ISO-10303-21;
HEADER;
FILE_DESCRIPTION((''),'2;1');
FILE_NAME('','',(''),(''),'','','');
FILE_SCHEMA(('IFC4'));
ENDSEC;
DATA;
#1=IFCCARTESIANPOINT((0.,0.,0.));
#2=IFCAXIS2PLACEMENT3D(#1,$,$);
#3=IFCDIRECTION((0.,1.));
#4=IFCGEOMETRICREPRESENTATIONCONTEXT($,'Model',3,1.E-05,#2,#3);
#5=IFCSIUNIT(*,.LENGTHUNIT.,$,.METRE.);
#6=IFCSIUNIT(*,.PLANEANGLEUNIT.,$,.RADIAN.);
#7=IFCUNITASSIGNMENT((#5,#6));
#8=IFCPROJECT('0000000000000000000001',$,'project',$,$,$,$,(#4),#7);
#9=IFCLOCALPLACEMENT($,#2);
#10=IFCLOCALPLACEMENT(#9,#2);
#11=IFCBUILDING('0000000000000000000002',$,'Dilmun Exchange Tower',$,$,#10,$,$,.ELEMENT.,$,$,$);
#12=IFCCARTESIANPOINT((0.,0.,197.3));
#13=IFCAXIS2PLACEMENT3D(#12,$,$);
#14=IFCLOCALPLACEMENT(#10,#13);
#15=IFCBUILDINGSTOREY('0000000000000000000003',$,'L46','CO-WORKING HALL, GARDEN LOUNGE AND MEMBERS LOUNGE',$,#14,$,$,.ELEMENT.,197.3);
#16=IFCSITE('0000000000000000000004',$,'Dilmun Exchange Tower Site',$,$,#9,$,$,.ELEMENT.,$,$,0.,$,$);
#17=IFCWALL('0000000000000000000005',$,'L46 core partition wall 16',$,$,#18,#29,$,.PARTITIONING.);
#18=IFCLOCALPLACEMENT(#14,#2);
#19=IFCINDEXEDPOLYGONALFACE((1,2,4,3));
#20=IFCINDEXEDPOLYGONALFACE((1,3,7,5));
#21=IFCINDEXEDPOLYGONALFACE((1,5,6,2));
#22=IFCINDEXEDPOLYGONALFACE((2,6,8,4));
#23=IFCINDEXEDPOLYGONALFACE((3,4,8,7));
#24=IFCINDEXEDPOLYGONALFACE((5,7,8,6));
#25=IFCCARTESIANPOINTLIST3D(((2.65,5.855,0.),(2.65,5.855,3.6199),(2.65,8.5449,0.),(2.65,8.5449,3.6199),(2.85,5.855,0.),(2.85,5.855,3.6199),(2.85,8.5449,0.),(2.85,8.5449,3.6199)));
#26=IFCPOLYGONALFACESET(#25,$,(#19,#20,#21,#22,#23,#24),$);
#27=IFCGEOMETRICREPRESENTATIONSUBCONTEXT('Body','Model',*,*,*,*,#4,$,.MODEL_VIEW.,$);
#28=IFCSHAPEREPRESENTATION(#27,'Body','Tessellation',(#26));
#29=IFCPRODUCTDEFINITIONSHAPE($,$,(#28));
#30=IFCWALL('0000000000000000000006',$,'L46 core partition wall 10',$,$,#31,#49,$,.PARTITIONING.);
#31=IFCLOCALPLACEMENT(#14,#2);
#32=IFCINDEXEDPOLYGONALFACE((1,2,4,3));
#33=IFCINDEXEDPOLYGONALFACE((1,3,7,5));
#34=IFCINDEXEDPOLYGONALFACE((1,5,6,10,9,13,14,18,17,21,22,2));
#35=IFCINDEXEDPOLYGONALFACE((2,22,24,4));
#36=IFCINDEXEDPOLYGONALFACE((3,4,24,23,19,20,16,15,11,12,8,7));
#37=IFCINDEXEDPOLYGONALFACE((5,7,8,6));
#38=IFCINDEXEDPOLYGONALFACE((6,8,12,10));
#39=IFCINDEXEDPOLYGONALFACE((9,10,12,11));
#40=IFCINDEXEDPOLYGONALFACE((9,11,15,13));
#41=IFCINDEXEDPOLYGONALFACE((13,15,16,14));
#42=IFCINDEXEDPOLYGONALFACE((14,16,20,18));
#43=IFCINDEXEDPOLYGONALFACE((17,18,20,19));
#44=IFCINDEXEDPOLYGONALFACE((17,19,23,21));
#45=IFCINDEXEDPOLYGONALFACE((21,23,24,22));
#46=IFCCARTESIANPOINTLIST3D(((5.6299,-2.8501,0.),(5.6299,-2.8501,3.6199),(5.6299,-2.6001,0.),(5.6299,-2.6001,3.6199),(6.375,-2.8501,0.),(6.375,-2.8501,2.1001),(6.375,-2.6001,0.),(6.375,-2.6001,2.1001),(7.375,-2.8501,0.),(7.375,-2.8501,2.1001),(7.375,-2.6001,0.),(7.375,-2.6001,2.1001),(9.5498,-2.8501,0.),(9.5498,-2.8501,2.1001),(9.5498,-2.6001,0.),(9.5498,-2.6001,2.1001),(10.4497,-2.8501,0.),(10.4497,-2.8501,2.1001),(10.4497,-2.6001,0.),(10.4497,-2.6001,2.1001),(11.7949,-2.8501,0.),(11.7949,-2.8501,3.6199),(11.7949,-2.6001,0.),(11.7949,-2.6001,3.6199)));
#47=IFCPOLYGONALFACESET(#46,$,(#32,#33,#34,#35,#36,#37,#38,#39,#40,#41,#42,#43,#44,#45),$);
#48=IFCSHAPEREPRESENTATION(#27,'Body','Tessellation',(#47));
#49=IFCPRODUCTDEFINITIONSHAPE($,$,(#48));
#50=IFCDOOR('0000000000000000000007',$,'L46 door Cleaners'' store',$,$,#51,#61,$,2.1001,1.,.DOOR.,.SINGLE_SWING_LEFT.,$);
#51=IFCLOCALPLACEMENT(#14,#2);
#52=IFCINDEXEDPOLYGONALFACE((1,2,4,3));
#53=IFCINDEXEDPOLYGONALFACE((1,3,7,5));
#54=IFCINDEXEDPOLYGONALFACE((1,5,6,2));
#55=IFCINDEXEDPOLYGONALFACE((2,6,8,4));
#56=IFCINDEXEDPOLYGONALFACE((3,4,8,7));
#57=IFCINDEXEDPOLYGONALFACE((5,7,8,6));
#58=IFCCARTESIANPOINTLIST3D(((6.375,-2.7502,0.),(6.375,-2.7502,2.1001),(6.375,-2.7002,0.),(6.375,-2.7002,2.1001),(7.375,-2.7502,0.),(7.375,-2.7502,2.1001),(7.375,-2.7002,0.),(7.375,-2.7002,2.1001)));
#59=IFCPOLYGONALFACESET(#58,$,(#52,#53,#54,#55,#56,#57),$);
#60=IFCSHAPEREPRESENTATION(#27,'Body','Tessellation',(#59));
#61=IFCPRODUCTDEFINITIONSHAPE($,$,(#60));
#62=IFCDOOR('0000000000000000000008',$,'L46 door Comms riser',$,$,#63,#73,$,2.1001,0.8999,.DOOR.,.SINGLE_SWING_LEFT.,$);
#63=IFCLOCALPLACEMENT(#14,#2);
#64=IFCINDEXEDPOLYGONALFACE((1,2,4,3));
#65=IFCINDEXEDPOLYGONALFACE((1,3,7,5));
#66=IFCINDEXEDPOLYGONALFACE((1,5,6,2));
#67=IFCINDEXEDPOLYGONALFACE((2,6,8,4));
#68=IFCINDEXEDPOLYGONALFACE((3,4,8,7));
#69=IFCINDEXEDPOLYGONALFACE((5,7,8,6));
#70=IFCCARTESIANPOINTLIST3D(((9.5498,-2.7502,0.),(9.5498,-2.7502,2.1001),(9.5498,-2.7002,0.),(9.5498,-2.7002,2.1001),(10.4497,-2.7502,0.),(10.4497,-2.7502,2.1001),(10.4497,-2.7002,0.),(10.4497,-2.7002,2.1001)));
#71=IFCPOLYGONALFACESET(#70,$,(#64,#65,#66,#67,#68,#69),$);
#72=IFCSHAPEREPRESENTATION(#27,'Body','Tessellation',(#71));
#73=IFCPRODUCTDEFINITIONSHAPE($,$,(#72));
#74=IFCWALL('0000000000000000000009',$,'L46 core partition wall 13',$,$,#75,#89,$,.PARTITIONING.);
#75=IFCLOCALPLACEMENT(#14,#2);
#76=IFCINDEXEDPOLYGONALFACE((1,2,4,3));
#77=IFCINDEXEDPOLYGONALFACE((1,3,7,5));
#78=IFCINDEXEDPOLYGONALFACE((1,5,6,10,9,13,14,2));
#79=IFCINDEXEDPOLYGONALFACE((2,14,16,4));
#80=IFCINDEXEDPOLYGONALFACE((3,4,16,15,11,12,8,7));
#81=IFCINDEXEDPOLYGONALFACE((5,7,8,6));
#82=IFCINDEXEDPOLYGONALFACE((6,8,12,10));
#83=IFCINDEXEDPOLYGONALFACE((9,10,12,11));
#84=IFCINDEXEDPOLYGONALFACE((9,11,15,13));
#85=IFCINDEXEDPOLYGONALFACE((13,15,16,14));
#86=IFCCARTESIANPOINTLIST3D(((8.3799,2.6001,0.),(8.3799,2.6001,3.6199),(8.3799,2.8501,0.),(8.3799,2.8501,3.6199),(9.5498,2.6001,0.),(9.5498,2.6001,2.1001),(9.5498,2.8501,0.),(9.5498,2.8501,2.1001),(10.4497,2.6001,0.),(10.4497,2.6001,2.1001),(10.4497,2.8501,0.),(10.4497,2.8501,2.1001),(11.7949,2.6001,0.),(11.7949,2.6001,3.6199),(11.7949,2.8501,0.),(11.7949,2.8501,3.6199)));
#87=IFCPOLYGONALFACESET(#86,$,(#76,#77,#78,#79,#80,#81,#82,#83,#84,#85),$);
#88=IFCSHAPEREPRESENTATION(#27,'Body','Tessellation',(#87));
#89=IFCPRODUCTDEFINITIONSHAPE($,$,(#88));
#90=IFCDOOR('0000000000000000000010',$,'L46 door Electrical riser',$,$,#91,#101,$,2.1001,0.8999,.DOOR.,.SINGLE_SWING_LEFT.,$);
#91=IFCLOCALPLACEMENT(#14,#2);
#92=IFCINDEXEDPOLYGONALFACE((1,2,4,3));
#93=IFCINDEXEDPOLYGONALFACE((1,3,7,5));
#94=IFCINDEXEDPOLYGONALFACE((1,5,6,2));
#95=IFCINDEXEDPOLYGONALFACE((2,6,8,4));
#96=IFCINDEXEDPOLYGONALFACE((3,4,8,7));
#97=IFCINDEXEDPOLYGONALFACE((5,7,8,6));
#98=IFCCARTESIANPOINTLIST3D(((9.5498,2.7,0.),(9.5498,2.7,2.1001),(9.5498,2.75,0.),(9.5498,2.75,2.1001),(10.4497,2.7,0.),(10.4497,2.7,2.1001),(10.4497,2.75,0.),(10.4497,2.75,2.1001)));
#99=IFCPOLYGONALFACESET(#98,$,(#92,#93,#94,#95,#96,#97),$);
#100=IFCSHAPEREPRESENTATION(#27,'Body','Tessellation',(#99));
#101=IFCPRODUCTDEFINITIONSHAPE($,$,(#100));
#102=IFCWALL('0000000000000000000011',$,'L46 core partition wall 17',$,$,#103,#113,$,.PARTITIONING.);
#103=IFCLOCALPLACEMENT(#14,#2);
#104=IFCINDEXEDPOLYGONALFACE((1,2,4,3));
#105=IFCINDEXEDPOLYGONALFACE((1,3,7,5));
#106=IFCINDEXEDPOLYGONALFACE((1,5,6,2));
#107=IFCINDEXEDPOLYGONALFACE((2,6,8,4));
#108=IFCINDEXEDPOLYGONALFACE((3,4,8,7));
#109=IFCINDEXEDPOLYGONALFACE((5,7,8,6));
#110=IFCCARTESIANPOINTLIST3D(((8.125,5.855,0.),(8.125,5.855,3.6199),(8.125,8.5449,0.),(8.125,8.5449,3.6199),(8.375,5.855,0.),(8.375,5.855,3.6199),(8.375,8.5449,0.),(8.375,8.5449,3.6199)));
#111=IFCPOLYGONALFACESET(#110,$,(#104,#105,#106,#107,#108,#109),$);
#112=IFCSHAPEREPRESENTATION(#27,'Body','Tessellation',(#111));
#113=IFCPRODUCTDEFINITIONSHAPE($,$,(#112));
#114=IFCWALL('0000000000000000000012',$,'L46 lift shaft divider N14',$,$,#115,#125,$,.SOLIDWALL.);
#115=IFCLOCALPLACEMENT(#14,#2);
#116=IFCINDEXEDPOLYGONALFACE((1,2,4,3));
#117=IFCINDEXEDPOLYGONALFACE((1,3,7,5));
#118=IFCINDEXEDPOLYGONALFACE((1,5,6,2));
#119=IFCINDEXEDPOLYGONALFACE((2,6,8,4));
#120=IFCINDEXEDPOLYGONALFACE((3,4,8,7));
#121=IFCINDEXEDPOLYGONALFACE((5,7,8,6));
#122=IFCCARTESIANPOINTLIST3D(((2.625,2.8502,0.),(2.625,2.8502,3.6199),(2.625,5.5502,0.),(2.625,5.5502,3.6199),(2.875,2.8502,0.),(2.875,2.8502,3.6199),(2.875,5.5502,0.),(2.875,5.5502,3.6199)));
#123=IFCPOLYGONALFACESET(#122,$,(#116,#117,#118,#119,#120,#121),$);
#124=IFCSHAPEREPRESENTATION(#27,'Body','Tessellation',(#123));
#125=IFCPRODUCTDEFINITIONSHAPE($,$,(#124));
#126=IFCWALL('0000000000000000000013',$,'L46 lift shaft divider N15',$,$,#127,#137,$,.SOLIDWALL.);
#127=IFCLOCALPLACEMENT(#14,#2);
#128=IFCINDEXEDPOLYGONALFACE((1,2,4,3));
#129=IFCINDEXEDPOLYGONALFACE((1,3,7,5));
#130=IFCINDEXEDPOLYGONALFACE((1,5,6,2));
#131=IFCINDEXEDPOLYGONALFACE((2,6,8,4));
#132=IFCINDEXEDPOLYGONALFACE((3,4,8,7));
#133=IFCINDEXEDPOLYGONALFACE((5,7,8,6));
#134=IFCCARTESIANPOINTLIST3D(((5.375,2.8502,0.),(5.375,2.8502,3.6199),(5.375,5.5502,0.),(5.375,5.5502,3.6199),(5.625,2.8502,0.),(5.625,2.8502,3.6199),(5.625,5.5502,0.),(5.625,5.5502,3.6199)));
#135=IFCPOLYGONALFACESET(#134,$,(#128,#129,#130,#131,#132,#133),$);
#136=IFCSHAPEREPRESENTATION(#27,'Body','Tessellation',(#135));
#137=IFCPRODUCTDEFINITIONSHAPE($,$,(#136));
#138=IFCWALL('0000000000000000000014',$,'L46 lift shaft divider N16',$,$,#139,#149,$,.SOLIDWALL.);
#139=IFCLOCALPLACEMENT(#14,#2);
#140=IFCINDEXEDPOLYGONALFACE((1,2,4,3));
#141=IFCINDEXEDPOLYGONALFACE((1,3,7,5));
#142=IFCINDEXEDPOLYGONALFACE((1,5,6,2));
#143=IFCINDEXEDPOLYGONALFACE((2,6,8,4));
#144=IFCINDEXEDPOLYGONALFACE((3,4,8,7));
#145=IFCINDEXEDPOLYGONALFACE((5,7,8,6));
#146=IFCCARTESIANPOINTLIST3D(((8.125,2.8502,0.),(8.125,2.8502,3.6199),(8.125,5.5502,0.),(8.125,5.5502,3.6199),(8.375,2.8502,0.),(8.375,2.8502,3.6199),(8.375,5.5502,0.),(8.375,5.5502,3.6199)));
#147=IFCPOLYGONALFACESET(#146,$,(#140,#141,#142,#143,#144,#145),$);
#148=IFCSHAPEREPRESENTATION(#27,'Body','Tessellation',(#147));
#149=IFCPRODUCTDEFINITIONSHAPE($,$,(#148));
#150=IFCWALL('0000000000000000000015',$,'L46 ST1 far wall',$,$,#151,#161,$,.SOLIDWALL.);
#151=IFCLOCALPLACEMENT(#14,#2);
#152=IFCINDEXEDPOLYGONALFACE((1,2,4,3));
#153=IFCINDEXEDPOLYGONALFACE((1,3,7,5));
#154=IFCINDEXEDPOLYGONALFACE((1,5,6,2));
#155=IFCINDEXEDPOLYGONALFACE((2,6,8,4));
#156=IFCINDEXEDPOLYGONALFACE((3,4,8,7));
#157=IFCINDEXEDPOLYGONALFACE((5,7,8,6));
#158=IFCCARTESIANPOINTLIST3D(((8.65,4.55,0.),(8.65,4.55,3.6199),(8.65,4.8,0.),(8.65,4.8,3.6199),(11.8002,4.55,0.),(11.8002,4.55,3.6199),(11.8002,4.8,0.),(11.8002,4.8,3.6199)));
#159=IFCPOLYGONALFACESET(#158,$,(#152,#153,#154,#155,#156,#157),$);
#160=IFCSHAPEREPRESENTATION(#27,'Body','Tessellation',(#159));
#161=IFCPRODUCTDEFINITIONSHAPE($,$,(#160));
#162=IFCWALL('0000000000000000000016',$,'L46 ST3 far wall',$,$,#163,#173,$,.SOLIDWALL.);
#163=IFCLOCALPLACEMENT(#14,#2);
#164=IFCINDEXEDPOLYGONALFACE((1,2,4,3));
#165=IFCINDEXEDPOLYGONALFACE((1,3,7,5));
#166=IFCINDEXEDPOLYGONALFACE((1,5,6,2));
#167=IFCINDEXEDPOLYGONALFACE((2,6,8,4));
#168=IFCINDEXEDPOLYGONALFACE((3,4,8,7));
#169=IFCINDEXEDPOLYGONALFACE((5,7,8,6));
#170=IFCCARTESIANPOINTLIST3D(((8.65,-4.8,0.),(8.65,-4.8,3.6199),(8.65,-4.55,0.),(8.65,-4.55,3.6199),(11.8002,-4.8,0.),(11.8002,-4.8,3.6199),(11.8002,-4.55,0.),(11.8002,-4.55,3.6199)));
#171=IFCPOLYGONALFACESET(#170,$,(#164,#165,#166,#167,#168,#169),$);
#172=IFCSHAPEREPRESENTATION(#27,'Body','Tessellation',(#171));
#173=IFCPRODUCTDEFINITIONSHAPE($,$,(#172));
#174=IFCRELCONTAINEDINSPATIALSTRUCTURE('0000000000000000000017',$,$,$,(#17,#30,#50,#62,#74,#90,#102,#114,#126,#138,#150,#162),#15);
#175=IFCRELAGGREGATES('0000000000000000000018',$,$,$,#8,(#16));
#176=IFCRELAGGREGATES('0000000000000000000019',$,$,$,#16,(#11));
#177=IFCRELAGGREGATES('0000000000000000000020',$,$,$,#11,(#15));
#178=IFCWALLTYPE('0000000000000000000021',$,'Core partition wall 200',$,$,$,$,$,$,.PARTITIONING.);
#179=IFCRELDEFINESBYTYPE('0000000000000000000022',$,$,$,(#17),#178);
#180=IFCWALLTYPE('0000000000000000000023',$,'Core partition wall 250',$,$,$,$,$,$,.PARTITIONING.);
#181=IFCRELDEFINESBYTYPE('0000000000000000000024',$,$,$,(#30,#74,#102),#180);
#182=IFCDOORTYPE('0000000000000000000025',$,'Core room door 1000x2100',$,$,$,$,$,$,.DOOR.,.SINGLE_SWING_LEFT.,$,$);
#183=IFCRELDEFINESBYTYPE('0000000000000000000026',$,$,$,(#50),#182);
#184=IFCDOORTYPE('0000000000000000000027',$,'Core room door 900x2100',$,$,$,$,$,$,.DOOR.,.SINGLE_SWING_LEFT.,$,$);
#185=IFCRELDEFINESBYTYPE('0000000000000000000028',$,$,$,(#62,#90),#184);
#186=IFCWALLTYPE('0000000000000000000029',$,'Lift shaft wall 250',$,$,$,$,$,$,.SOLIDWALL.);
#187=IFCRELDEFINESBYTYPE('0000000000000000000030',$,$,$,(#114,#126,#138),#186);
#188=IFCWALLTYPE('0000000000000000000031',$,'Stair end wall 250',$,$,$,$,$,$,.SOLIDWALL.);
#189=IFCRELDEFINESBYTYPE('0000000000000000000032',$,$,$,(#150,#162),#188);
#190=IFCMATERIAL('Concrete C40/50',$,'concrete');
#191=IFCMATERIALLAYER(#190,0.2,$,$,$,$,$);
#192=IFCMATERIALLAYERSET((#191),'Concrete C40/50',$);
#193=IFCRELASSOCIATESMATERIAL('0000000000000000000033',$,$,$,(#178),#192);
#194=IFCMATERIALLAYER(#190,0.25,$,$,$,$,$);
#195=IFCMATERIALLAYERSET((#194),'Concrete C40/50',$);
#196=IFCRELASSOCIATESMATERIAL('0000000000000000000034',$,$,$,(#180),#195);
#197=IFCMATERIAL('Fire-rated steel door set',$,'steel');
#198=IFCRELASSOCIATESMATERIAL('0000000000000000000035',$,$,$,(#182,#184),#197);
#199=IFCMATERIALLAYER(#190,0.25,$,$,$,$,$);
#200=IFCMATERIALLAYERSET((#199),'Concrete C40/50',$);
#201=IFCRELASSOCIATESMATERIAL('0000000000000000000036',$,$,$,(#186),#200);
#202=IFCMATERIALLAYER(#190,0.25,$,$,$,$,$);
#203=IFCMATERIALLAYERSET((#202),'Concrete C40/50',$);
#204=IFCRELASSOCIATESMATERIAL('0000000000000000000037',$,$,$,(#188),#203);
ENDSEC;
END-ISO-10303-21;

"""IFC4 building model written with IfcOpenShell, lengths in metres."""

from ifc_helpers import new_model, si_unit, direction, frame, frame_2d, origin, place, context, subcontext, project, spatial, rectangle, extrude, material, layer, layer_set, type_object, element, fill, save


model = new_model("IFC4")

# Units and contexts
model_context = context("Model", 3, precision=1e-05, world=origin(), true_north=direction((0.0, 1.0)))
body_context = subcontext(model_context, "Body", "Model", "MODEL_VIEW")
ifc_project = project(units=[si_unit("LENGTHUNIT", "METRE"), si_unit("PLANEANGLEUNIT", "RADIAN")], contexts=[model_context])

# Site, building, storey
site_placement = place(None, origin())
site = spatial("IfcSite", under=ifc_project, at=site_placement, Name="Dilmun Exchange Tower Site", CompositionType="ELEMENT", RefElevation=0.0)
building_placement = place(site_placement, origin())
building = spatial("IfcBuilding", under=site, at=building_placement, Name="Dilmun Exchange Tower", CompositionType="ELEMENT")
storey_placement = place(building_placement, frame((0.0, 0.0, 197.3)))
storey = spatial("IfcBuildingStorey", under=building, at=storey_placement, Name="L46", Description="CO-WORKING HALL, GARDEN LOUNGE AND MEMBERS LOUNGE", CompositionType="ELEMENT", Elevation=197.3)

# Shared definitions
ifc_material_1 = material(Name="Concrete C40/50", Category="concrete")
ifc_layer_1 = layer(ifc_material_1, 0.2)
ifc_layer_set_1 = layer_set([ifc_layer_1], Name="Concrete C40/50")
wall_type_1 = type_object("IfcWallType", Name="Core partition wall 200", PredefinedType="PARTITIONING", material=ifc_layer_set_1)
ifc_material_2 = material(Name="Fire-rated steel door set", Category="steel")

# Wall
wall_1_placement = place(storey_placement, frame((2.75, 5.855, 0.0), z_axis=(0.0, 0.0, 1.0), x_axis=(0.0, 1.0, 0.0)))
element("IfcWall", 1, at=wall_1_placement, inside=storey, type_object=wall_type_1, Name="L46 core partition wall 16", PredefinedType="PARTITIONING", context=body_context, shape_type="SweptSolid", body=[
    extrude(rectangle(XDim=2.6899, YDim=0.2, at=frame_2d((1.345, 0.0))), origin(), (0.0, 0.0, 1.0), 3.6199),
])

# Wall, openings, doors
ifc_layer_2 = layer(ifc_material_1, 0.25)
ifc_layer_set_2 = layer_set([ifc_layer_2], Name="Concrete C40/50")
wall_type_2 = type_object("IfcWallType", Name="Core partition wall 250", PredefinedType="PARTITIONING", material=ifc_layer_set_2)
wall_2_placement = place(storey_placement, frame((5.6299, -2.7251, 0.0), z_axis=(0.0, 0.0, 1.0), x_axis=(1.0, 0.0, 0.0)))
wall_2 = element("IfcWall", 2, at=wall_2_placement, inside=storey, type_object=wall_type_2, Name="L46 core partition wall 10", PredefinedType="PARTITIONING", context=body_context, shape_type="SweptSolid", body=[
    extrude(rectangle(XDim=6.165, YDim=0.25, at=frame_2d((3.0825, 0.0))), origin(), (0.0, 0.0, 1.0), 3.6199),
])
opening_1_placement = place(wall_2_placement, frame((0.7451, 0.0, 0.0)))
opening_1 = element("IfcOpeningElement", 3, at=opening_1_placement, cuts=wall_2, PredefinedType="OPENING", context=body_context, shape_type="SweptSolid", body=[
    extrude(rectangle(XDim=1.0, YDim=2.1001, at=frame_2d((0.5, 1.05))), frame((0.0, 0.135, 0.0), z_axis=(0.0, -1.0, 0.0), x_axis=(1.0, 0.0, 0.0)), (0.0, 0.0, 1.0), 0.27),
])
opening_2_placement = place(wall_2_placement, frame((3.9199, 0.0, 0.0)))
opening_2 = element("IfcOpeningElement", 4, at=opening_2_placement, cuts=wall_2, PredefinedType="OPENING", context=body_context, shape_type="SweptSolid", body=[
    extrude(rectangle(XDim=0.8999, YDim=2.1001, at=frame_2d((0.45, 1.05))), frame((0.0, 0.135, 0.0), z_axis=(0.0, -1.0, 0.0), x_axis=(1.0, 0.0, 0.0)), (0.0, 0.0, 1.0), 0.27),
])
door_type_1 = type_object("IfcDoorType", Name="Core room door 1000x2100", OperationType="SINGLE_SWING_LEFT", PredefinedType="DOOR", material=ifc_material_2)
door_1_placement = place(opening_1_placement, origin())
door_1 = element("IfcDoor", 5, at=door_1_placement, inside=storey, type_object=door_type_1, Name="L46 door Cleaners' store", OperationType="SINGLE_SWING_LEFT", OverallHeight=2.1001, OverallWidth=1.0, PredefinedType="DOOR", context=body_context, shape_type="SweptSolid", body=[
    extrude(rectangle(XDim=1.0, YDim=2.1001, at=frame_2d((0.5, 1.05))), frame((0.0, 0.0249, 0.0), z_axis=(0.0, -1.0, 0.0), x_axis=(1.0, 0.0, 0.0)), (0.0, 0.0, 1.0), 0.05),
])
fill(opening_1, door_1)
door_type_2 = type_object("IfcDoorType", Name="Core room door 900x2100", OperationType="SINGLE_SWING_LEFT", PredefinedType="DOOR", material=ifc_material_2)
door_2_placement = place(opening_2_placement, origin())
door_2 = element("IfcDoor", 6, at=door_2_placement, inside=storey, type_object=door_type_2, Name="L46 door Comms riser", OperationType="SINGLE_SWING_LEFT", OverallHeight=2.1001, OverallWidth=0.8999, PredefinedType="DOOR", context=body_context, shape_type="SweptSolid", body=[
    extrude(rectangle(XDim=0.8999, YDim=2.1001, at=frame_2d((0.45, 1.05))), frame((0.0, 0.0249, 0.0), z_axis=(0.0, -1.0, 0.0), x_axis=(1.0, 0.0, 0.0)), (0.0, 0.0, 1.0), 0.05),
])
fill(opening_2, door_2)

# Wall, opening, door
wall_3_placement = place(storey_placement, frame((8.3799, 2.7251, 0.0), z_axis=(0.0, 0.0, 1.0), x_axis=(1.0, 0.0, 0.0)))
wall_3 = element("IfcWall", 7, at=wall_3_placement, inside=storey, type_object=wall_type_2, Name="L46 core partition wall 13", PredefinedType="PARTITIONING", context=body_context, shape_type="SweptSolid", body=[
    extrude(rectangle(XDim=3.415, YDim=0.25, at=frame_2d((1.7075, 0.0))), origin(), (0.0, 0.0, 1.0), 3.6199),
])
opening_3_placement = place(wall_3_placement, frame((1.1699, 0.0, 0.0)))
opening_3 = element("IfcOpeningElement", 8, at=opening_3_placement, cuts=wall_3, PredefinedType="OPENING", context=body_context, shape_type="SweptSolid", body=[
    extrude(rectangle(XDim=0.8999, YDim=2.1001, at=frame_2d((0.45, 1.05))), frame((0.0, 0.135, 0.0), z_axis=(0.0, -1.0, 0.0), x_axis=(1.0, 0.0, 0.0)), (0.0, 0.0, 1.0), 0.27),
])
door_3_placement = place(opening_3_placement, origin())
door_3 = element("IfcDoor", 9, at=door_3_placement, inside=storey, type_object=door_type_2, Name="L46 door Electrical riser", OperationType="SINGLE_SWING_LEFT", OverallHeight=2.1001, OverallWidth=0.8999, PredefinedType="DOOR", context=body_context, shape_type="SweptSolid", body=[
    extrude(rectangle(XDim=0.8999, YDim=2.1001, at=frame_2d((0.45, 1.05))), frame((0.0, 0.0249, 0.0), z_axis=(0.0, -1.0, 0.0), x_axis=(1.0, 0.0, 0.0)), (0.0, 0.0, 1.0), 0.05),
])
fill(opening_3, door_3)

# Walls
wall_4_placement = place(storey_placement, frame((8.25, 5.855, 0.0), z_axis=(0.0, 0.0, 1.0), x_axis=(0.0, 1.0, 0.0)))
element("IfcWall", 10, at=wall_4_placement, inside=storey, type_object=wall_type_2, Name="L46 core partition wall 17", PredefinedType="PARTITIONING", context=body_context, shape_type="SweptSolid", body=[
    extrude(rectangle(XDim=2.6899, YDim=0.25, at=frame_2d((1.345, 0.0))), origin(), (0.0, 0.0, 1.0), 3.6199),
])
ifc_layer_3 = layer(ifc_material_1, 0.25)
ifc_layer_set_3 = layer_set([ifc_layer_3], Name="Concrete C40/50")
wall_type_3 = type_object("IfcWallType", Name="Lift shaft wall 250", PredefinedType="SOLIDWALL", material=ifc_layer_set_3)
for number, where, z_axis, x_axis, name in (
    (11, (2.75, 2.8501, 0.0), (0.0, 0.0, 1.0), (0.0, 1.0, 0.0), "L46 lift shaft divider N14"),
    (12, (5.5, 2.8501, 0.0), (0.0, 0.0, 1.0), (0.0, 1.0, 0.0), "L46 lift shaft divider N15"),
    (13, (8.25, 2.8501, 0.0), (0.0, 0.0, 1.0), (0.0, 1.0, 0.0), "L46 lift shaft divider N16"),
):
    element("IfcWall", number, at=place(storey_placement, frame(where, z_axis=z_axis, x_axis=x_axis)), inside=storey, type_object=wall_type_3, Name=name, PredefinedType="SOLIDWALL", context=body_context, shape_type="SweptSolid", body=[
        extrude(rectangle(XDim=2.7, YDim=0.25, at=frame_2d((1.3501, 0.0))), origin(), (0.0, 0.0, 1.0), 3.6199),
    ])
ifc_layer_4 = layer(ifc_material_1, 0.25)
ifc_layer_set_4 = layer_set([ifc_layer_4], Name="Concrete C40/50")
wall_type_4 = type_object("IfcWallType", Name="Stair end wall 250", PredefinedType="SOLIDWALL", material=ifc_layer_set_4)
for number, where, z_axis, x_axis, name in (
    (14, (8.6499, 4.675, 0.0), (0.0, 0.0, 1.0), (1.0, 0.0, 0.0), "L46 ST1 far wall"),
    (15, (8.6499, -4.675, 0.0), (0.0, 0.0, 1.0), (1.0, 0.0, 0.0), "L46 ST3 far wall"),
):
    element("IfcWall", number, at=place(storey_placement, frame(where, z_axis=z_axis, x_axis=x_axis)), inside=storey, type_object=wall_type_4, Name=name, PredefinedType="SOLIDWALL", context=body_context, shape_type="SweptSolid", body=[
        extrude(rectangle(XDim=3.1501, YDim=0.25, at=frame_2d((1.5752, 0.0))), origin(), (0.0, 0.0, 1.0), 3.6199),
    ])

save(model, "model.ifc")
